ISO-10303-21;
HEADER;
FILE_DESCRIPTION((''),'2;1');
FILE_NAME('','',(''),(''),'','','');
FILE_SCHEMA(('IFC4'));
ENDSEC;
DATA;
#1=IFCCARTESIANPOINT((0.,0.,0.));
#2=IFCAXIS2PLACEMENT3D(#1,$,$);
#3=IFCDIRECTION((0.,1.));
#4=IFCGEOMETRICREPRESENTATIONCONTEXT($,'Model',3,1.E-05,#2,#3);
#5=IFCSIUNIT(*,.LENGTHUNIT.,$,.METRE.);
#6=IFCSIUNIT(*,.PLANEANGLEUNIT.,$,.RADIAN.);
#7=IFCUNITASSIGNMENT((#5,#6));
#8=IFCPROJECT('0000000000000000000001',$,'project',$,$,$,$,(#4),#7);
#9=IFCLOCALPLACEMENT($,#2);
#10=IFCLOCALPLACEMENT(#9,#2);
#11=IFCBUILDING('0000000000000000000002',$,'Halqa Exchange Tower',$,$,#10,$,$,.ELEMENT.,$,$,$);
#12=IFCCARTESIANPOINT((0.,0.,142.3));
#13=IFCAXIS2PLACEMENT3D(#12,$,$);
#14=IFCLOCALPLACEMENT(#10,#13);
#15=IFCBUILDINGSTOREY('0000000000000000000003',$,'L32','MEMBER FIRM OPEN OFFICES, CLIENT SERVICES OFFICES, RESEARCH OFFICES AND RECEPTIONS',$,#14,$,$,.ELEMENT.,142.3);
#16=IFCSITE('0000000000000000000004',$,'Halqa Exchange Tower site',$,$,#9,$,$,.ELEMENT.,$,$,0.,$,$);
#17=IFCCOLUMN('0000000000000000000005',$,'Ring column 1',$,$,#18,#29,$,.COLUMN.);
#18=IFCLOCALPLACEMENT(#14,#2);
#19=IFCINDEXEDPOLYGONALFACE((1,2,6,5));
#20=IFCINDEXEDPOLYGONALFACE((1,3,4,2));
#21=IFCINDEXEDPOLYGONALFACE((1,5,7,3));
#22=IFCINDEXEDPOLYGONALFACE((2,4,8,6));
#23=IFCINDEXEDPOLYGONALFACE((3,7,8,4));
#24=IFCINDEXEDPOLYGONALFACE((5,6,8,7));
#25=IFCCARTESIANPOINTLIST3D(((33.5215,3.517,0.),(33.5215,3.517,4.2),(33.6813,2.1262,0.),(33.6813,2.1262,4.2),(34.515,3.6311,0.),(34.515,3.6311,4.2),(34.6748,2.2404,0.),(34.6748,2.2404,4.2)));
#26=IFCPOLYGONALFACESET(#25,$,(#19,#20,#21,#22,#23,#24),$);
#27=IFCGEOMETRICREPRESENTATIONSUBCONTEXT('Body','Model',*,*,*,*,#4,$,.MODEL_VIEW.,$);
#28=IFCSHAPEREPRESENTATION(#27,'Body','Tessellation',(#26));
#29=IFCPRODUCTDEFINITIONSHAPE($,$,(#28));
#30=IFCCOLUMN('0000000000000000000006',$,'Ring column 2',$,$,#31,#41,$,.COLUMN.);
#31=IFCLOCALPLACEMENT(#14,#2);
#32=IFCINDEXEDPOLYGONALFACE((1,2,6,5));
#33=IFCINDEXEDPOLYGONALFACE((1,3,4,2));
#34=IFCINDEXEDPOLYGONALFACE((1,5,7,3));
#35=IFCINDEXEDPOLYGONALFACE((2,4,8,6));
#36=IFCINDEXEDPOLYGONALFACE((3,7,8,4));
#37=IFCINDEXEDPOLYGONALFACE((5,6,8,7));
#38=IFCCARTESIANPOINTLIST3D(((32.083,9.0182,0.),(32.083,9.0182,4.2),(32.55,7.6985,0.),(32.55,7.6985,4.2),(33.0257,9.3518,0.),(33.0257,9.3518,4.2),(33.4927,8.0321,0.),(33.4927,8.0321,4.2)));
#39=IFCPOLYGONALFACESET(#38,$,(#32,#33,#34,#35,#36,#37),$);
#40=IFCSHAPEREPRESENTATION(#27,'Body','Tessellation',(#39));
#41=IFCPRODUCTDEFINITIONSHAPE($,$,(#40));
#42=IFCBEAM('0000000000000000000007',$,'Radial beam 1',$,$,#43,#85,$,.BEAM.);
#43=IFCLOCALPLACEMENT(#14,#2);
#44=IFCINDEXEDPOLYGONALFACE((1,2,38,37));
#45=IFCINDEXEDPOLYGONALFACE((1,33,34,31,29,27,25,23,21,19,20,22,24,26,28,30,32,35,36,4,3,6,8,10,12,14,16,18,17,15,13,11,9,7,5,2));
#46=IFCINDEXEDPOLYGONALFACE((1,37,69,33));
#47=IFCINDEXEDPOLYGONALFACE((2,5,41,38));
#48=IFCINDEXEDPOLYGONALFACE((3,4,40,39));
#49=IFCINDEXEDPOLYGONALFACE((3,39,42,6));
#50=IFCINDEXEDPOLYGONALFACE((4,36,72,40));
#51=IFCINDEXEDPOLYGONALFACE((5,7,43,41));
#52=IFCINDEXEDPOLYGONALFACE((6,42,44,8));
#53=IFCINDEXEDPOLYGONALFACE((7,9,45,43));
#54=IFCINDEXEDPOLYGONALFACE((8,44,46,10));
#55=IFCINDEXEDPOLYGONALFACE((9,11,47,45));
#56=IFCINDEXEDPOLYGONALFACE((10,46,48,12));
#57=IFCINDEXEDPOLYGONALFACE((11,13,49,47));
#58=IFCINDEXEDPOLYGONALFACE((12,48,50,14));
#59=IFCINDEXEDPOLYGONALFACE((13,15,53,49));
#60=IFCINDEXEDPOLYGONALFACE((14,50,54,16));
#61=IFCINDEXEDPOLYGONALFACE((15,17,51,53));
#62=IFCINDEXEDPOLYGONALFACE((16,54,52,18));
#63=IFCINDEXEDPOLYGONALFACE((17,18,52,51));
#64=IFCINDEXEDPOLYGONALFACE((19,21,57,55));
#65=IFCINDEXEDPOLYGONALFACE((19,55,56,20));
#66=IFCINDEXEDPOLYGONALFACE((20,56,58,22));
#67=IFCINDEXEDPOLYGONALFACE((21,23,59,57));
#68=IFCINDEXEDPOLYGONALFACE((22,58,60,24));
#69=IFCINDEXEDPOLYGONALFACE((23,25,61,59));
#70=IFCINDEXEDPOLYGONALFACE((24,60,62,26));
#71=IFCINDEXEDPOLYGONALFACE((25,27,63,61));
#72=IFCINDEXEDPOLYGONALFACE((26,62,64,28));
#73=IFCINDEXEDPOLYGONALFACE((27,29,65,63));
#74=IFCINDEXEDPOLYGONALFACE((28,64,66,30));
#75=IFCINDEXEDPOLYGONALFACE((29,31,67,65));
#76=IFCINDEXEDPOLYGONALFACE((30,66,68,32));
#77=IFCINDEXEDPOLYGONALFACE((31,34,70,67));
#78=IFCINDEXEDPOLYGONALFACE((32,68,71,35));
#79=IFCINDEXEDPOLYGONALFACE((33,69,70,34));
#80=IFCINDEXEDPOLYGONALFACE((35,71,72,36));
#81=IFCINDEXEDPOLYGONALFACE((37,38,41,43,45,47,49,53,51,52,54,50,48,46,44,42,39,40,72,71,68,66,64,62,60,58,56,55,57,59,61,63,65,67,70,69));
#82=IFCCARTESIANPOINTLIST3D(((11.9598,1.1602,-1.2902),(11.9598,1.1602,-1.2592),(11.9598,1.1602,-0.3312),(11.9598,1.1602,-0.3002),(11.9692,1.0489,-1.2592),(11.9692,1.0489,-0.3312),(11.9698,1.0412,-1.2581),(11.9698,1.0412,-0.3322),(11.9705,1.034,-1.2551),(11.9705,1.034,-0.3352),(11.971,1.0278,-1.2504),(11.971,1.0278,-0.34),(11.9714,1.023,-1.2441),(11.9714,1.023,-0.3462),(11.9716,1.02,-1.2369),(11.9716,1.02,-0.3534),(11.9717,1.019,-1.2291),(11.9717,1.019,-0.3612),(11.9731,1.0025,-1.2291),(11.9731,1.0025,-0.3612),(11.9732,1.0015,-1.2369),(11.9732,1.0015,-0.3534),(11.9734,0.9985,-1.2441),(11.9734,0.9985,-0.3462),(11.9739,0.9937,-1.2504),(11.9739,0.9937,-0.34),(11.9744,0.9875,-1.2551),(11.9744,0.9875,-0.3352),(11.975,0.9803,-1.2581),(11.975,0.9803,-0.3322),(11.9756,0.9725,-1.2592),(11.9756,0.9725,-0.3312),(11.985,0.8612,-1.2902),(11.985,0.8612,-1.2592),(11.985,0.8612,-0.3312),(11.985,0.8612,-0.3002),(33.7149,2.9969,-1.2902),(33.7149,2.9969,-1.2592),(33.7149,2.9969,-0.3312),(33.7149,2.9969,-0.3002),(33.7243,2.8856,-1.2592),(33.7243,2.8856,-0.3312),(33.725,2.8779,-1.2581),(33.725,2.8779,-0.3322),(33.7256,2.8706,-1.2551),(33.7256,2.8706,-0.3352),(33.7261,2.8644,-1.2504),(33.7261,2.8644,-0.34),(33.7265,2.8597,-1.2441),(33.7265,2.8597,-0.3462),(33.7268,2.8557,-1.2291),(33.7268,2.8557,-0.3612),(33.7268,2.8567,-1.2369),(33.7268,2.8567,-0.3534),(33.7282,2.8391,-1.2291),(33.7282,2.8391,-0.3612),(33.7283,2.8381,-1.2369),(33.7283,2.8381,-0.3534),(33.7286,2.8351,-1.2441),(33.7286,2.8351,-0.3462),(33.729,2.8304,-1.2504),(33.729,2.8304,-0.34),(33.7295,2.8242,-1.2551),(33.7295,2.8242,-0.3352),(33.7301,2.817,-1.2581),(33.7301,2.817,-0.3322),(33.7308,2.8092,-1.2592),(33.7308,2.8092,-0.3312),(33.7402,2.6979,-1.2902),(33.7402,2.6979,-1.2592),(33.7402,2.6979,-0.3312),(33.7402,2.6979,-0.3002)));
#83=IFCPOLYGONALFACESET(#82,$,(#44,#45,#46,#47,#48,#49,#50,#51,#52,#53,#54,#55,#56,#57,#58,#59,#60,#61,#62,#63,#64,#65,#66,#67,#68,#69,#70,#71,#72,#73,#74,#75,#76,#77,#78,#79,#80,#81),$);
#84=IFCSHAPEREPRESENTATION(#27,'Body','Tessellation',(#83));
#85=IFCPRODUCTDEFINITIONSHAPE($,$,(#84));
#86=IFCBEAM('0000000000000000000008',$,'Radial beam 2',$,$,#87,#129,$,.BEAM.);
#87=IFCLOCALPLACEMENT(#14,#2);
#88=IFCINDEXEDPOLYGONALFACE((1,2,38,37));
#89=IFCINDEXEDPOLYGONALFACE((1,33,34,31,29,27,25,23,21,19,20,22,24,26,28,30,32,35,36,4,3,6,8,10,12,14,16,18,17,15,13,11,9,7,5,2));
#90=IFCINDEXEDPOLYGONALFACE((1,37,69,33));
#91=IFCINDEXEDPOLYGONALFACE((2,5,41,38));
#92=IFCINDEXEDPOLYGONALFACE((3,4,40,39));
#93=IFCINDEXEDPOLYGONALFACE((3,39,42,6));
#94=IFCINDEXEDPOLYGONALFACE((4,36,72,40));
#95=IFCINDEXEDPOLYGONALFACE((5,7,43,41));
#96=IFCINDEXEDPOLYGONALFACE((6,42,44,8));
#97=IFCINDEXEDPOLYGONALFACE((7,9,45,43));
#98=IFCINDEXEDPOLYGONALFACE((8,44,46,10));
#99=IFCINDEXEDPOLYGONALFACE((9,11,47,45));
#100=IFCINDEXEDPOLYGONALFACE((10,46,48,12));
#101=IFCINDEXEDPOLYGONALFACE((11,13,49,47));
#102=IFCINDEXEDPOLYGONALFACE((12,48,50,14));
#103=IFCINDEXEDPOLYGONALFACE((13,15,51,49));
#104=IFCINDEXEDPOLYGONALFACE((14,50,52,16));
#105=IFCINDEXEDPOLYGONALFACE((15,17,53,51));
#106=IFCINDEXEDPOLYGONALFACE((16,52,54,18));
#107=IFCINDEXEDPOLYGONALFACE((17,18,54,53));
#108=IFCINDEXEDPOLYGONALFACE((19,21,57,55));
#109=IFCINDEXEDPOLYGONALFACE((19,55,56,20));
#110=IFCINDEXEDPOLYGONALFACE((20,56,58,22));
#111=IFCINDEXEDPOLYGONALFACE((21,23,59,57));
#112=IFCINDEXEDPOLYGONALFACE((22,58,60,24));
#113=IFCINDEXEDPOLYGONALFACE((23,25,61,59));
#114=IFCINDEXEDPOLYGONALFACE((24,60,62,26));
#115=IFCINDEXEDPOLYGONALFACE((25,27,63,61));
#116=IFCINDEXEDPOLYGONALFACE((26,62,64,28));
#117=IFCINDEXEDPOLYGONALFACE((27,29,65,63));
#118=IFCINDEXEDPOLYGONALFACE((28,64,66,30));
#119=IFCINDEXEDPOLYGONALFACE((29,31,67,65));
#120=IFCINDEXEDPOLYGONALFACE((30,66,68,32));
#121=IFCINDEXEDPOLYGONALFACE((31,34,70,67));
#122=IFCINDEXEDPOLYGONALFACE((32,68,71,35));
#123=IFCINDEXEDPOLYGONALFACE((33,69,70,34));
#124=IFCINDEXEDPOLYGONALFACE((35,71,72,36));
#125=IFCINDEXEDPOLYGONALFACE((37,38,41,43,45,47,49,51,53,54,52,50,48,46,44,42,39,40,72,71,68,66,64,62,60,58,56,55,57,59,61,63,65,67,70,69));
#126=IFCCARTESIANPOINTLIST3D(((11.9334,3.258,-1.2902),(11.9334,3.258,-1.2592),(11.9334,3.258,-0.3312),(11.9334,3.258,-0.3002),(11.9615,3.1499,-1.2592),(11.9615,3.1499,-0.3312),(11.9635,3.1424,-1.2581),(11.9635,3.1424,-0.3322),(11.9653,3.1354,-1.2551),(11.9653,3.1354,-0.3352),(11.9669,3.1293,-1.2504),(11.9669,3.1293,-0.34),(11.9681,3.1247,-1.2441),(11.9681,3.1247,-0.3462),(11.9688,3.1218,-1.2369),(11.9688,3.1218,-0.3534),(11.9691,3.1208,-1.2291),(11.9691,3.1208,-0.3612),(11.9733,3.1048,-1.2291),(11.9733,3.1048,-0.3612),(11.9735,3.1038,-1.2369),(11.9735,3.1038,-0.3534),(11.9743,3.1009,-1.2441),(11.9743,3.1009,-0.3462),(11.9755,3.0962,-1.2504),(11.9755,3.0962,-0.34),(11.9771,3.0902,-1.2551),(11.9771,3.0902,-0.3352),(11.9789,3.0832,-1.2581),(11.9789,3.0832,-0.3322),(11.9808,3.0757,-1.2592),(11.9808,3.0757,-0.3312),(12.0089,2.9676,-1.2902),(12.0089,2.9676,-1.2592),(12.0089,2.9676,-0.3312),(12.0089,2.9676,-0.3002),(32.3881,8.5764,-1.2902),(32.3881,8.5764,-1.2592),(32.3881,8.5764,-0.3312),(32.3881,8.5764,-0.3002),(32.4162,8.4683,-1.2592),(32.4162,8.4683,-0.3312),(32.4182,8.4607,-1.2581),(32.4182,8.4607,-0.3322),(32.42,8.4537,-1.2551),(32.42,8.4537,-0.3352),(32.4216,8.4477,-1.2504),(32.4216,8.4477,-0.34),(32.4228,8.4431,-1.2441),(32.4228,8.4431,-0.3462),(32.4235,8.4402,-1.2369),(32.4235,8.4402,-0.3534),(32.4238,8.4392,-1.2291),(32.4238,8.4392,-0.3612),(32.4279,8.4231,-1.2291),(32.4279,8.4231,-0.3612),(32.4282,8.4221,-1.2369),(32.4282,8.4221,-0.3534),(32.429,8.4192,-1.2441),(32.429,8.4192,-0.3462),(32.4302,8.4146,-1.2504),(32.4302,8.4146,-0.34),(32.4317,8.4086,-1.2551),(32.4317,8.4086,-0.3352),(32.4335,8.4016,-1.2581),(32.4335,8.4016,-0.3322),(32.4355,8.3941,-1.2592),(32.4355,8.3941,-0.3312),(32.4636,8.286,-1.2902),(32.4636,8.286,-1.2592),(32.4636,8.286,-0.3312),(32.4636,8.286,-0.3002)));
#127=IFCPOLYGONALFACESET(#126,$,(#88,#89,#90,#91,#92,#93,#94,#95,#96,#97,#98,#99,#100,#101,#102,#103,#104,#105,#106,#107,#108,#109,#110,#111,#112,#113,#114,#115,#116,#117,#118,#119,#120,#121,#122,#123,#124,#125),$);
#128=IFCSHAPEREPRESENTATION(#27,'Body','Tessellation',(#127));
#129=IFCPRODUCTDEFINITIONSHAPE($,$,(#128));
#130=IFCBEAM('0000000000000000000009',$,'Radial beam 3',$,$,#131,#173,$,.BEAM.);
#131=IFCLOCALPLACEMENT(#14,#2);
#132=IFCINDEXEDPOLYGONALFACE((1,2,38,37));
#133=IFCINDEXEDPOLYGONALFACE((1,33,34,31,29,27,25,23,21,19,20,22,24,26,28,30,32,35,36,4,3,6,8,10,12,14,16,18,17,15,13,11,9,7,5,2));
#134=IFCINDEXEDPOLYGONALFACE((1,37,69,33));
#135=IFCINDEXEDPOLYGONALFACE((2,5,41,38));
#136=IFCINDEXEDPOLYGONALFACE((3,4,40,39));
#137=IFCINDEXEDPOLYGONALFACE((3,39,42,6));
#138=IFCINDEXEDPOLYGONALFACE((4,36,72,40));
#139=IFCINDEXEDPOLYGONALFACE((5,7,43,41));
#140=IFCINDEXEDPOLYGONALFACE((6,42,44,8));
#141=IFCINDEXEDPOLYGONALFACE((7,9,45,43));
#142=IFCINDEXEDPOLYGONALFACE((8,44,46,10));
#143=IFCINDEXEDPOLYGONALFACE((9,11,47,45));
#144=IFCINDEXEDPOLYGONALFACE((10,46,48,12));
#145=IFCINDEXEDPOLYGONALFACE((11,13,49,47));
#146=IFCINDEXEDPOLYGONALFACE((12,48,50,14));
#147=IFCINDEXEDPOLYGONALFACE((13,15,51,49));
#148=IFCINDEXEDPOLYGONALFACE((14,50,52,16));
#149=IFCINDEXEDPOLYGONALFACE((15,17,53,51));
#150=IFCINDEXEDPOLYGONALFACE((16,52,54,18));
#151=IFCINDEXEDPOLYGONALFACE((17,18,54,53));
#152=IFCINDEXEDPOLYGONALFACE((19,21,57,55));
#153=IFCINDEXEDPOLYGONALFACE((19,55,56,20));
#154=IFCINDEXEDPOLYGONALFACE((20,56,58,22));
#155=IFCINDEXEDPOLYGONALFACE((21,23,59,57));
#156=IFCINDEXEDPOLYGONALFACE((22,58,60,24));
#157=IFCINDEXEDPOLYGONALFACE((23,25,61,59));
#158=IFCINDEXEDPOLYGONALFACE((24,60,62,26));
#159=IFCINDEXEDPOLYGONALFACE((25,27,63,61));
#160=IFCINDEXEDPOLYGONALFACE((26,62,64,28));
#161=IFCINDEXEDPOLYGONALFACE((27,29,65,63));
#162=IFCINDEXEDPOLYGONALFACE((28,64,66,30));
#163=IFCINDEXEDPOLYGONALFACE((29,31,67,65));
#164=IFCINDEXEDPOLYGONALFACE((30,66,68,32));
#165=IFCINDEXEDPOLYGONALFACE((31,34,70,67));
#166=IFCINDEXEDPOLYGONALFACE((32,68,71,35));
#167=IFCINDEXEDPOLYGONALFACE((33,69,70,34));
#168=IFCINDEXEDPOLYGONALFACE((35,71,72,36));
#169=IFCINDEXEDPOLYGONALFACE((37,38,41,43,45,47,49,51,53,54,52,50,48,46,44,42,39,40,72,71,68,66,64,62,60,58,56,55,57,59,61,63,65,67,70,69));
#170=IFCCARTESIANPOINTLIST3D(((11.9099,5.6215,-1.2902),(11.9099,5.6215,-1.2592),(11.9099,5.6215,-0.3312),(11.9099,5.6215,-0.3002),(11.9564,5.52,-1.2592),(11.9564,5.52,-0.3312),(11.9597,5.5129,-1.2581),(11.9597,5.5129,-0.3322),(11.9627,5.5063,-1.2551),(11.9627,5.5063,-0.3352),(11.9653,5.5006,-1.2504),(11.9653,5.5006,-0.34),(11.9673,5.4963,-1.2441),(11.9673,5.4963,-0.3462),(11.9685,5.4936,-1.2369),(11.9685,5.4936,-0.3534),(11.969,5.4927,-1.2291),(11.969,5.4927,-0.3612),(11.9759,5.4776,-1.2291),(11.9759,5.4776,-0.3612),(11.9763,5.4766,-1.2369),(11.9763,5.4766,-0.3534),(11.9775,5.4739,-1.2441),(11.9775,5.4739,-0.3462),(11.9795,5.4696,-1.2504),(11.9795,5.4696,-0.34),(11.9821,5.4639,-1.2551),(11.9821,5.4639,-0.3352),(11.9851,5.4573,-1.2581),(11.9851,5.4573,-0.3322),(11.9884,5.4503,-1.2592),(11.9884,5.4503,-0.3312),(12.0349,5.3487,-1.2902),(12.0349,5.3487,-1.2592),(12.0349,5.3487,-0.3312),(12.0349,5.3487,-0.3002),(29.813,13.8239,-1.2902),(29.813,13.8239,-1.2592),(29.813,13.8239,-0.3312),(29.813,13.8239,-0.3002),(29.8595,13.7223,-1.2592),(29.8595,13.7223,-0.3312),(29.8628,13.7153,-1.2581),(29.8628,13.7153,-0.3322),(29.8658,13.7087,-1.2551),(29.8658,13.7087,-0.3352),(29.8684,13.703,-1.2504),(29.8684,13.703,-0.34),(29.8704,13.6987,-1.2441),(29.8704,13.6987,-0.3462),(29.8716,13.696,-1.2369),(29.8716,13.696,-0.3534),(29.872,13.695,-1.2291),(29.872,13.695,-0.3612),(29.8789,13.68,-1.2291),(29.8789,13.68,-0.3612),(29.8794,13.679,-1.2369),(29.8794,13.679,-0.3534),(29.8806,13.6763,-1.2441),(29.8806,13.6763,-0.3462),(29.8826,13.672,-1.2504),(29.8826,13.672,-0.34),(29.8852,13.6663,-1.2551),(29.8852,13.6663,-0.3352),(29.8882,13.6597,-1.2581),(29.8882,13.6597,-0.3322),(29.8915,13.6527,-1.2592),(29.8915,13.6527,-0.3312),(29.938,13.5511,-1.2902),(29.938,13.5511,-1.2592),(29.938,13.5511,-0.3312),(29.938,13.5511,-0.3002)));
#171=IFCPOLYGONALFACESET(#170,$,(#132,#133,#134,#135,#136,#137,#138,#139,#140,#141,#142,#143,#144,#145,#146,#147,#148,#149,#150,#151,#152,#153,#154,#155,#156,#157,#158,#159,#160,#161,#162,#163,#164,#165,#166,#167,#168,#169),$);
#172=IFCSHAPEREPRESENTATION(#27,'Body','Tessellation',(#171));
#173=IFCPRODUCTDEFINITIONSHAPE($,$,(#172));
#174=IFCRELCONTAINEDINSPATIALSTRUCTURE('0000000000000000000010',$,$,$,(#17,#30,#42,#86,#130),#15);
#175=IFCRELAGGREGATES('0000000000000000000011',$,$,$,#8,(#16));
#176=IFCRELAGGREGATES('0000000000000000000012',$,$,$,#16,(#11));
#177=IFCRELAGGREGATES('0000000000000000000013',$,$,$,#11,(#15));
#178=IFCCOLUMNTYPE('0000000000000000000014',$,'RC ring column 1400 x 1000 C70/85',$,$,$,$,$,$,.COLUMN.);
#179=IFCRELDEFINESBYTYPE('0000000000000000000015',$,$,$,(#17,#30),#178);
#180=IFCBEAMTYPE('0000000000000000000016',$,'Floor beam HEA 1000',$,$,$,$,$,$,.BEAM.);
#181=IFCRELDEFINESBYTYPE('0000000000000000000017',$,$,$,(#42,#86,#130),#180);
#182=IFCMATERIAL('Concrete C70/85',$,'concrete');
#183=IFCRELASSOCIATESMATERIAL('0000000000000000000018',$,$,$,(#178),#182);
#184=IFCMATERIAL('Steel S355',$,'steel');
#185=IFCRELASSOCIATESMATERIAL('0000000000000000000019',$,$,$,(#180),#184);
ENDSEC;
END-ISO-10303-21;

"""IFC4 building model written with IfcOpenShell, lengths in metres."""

from ifc_helpers import new_model, si_unit, direction, frame, origin, origin_2d, place, context, subcontext, project, spatial, rectangle, i_section, extrude, material, material_profile, profile_set, type_object, element, save


model = new_model("IFC4")

# Units and contexts
model_context = context("Model", 3, precision=1e-05, world=origin(), true_north=direction((0.0, 1.0)))
body_context = subcontext(model_context, "Body", "Model", "MODEL_VIEW")
ifc_project = project(units=[si_unit("LENGTHUNIT", "METRE"), si_unit("PLANEANGLEUNIT", "RADIAN")], contexts=[model_context])

# Site, building, storey
site_placement = place(None, origin())
site = spatial("IfcSite", under=ifc_project, at=site_placement, Name="Halqa Exchange Tower site", CompositionType="ELEMENT", RefElevation=0.0)
building_placement = place(site_placement, origin())
building = spatial("IfcBuilding", under=site, at=building_placement, Name="Halqa Exchange Tower", CompositionType="ELEMENT")
storey_placement = place(building_placement, frame((0.0, 0.0, 142.3)))
storey = spatial("IfcBuildingStorey", under=building, at=storey_placement, Name="L32", Description="MEMBER FIRM OPEN OFFICES, CLIENT SERVICES OFFICES, RESEARCH OFFICES AND RECEPTIONS", CompositionType="ELEMENT", Elevation=142.3)

# Columns
ifc_material_1 = material(Name="Concrete C70/85", Category="concrete")
ifc_material_profile_1 = material_profile(ifc_material_1, rectangle(XDim=1.3999, YDim=1.0, at=origin_2d()), Name="1400 x 1000")
ifc_profile_set_1 = profile_set([ifc_material_profile_1], Name="Concrete C70/85")
column_type = type_object("IfcColumnType", Name="RC ring column 1400 x 1000 C70/85", PredefinedType="COLUMN", material=ifc_profile_set_1)
for number, where, z_axis, x_axis, name in (
    (1, (34.0981, 2.8787, 0.0), (0.0, 0.0, 1.0), (-0.114159, 0.993463, 0.0), "Ring column 1"),
    (2, (32.7878, 8.5251, 0.0), (0.0, 0.0, 1.0), (-0.333629, 0.942704, 0.0), "Ring column 2"),
):
    element("IfcColumn", number, at=place(storey_placement, frame(where, z_axis=z_axis, x_axis=x_axis)), inside=storey, type_object=column_type, Name=name, PredefinedType="COLUMN", context=body_context, shape_type="SweptSolid", body=[
        extrude(rectangle(XDim=1.3999, YDim=1.0, at=origin_2d()), origin(), (0.0, 0.0, 1.0), 4.2),
    ])

# Beams
ifc_material_2 = material(Name="Steel S355", Category="steel")
ifc_material_profile_2 = material_profile(ifc_material_2, i_section(OverallWidth=0.3, OverallDepth=0.99, WebThickness=0.0166, FlangeThickness=0.031, FilletRadius=0.03, at=origin_2d()), Name="HEA 1000")
ifc_profile_set_2 = profile_set([ifc_material_profile_2], Name="Steel S355")
beam_type_1 = type_object("IfcBeamType", Name="Floor beam HEA 1000", PredefinedType="BEAM", material=ifc_profile_set_2)
beam_1_placement = place(storey_placement, frame((11.9724, 1.0107, -0.7952), z_axis=(0.996455, 0.084125, 0.0), x_axis=(-0.084125, 0.996455, 0.0)))
element("IfcBeam", 3, at=beam_1_placement, inside=storey, type_object=beam_type_1, Name="Radial beam 1", PredefinedType="BEAM", context=body_context, shape_type="SweptSolid", body=[
    extrude(i_section(OverallWidth=0.3, OverallDepth=0.99, WebThickness=0.0166, FlangeThickness=0.031, FilletRadius=0.03, at=origin_2d()), origin(), (0.0, 0.0, 1.0), 21.8325),
])
beam_2_placement = place(storey_placement, frame((11.9712, 3.1128, -0.7952), z_axis=(0.967821, 0.251641, 0.0), x_axis=(-0.251641, 0.967821, 0.0)))
element("IfcBeam", 4, at=beam_2_placement, inside=storey, type_object=beam_type_1, Name="Radial beam 2", PredefinedType="BEAM", context=body_context, shape_type="SweptSolid", body=[
    extrude(i_section(OverallWidth=0.3, OverallDepth=0.99, WebThickness=0.0166, FlangeThickness=0.031, FilletRadius=0.03, at=origin_2d()), origin(), (0.0, 0.0, 1.0), 21.1348),
])
beam_3_placement = place(storey_placement, frame((11.9724, 5.4851, -0.7952), z_axis=(0.909126, 0.416521, 0.0), x_axis=(-0.416521, 0.909126, 0.0)))
element("IfcBeam", 5, at=beam_3_placement, inside=storey, type_object=beam_type_1, Name="Radial beam 3", PredefinedType="BEAM", context=body_context, shape_type="SweptSolid", body=[
    extrude(i_section(OverallWidth=0.3, OverallDepth=0.99, WebThickness=0.0166, FlangeThickness=0.031, FilletRadius=0.03, at=origin_2d()), origin(), (0.0, 0.0, 1.0), 19.6926),
])

save(model, "model.ifc")
